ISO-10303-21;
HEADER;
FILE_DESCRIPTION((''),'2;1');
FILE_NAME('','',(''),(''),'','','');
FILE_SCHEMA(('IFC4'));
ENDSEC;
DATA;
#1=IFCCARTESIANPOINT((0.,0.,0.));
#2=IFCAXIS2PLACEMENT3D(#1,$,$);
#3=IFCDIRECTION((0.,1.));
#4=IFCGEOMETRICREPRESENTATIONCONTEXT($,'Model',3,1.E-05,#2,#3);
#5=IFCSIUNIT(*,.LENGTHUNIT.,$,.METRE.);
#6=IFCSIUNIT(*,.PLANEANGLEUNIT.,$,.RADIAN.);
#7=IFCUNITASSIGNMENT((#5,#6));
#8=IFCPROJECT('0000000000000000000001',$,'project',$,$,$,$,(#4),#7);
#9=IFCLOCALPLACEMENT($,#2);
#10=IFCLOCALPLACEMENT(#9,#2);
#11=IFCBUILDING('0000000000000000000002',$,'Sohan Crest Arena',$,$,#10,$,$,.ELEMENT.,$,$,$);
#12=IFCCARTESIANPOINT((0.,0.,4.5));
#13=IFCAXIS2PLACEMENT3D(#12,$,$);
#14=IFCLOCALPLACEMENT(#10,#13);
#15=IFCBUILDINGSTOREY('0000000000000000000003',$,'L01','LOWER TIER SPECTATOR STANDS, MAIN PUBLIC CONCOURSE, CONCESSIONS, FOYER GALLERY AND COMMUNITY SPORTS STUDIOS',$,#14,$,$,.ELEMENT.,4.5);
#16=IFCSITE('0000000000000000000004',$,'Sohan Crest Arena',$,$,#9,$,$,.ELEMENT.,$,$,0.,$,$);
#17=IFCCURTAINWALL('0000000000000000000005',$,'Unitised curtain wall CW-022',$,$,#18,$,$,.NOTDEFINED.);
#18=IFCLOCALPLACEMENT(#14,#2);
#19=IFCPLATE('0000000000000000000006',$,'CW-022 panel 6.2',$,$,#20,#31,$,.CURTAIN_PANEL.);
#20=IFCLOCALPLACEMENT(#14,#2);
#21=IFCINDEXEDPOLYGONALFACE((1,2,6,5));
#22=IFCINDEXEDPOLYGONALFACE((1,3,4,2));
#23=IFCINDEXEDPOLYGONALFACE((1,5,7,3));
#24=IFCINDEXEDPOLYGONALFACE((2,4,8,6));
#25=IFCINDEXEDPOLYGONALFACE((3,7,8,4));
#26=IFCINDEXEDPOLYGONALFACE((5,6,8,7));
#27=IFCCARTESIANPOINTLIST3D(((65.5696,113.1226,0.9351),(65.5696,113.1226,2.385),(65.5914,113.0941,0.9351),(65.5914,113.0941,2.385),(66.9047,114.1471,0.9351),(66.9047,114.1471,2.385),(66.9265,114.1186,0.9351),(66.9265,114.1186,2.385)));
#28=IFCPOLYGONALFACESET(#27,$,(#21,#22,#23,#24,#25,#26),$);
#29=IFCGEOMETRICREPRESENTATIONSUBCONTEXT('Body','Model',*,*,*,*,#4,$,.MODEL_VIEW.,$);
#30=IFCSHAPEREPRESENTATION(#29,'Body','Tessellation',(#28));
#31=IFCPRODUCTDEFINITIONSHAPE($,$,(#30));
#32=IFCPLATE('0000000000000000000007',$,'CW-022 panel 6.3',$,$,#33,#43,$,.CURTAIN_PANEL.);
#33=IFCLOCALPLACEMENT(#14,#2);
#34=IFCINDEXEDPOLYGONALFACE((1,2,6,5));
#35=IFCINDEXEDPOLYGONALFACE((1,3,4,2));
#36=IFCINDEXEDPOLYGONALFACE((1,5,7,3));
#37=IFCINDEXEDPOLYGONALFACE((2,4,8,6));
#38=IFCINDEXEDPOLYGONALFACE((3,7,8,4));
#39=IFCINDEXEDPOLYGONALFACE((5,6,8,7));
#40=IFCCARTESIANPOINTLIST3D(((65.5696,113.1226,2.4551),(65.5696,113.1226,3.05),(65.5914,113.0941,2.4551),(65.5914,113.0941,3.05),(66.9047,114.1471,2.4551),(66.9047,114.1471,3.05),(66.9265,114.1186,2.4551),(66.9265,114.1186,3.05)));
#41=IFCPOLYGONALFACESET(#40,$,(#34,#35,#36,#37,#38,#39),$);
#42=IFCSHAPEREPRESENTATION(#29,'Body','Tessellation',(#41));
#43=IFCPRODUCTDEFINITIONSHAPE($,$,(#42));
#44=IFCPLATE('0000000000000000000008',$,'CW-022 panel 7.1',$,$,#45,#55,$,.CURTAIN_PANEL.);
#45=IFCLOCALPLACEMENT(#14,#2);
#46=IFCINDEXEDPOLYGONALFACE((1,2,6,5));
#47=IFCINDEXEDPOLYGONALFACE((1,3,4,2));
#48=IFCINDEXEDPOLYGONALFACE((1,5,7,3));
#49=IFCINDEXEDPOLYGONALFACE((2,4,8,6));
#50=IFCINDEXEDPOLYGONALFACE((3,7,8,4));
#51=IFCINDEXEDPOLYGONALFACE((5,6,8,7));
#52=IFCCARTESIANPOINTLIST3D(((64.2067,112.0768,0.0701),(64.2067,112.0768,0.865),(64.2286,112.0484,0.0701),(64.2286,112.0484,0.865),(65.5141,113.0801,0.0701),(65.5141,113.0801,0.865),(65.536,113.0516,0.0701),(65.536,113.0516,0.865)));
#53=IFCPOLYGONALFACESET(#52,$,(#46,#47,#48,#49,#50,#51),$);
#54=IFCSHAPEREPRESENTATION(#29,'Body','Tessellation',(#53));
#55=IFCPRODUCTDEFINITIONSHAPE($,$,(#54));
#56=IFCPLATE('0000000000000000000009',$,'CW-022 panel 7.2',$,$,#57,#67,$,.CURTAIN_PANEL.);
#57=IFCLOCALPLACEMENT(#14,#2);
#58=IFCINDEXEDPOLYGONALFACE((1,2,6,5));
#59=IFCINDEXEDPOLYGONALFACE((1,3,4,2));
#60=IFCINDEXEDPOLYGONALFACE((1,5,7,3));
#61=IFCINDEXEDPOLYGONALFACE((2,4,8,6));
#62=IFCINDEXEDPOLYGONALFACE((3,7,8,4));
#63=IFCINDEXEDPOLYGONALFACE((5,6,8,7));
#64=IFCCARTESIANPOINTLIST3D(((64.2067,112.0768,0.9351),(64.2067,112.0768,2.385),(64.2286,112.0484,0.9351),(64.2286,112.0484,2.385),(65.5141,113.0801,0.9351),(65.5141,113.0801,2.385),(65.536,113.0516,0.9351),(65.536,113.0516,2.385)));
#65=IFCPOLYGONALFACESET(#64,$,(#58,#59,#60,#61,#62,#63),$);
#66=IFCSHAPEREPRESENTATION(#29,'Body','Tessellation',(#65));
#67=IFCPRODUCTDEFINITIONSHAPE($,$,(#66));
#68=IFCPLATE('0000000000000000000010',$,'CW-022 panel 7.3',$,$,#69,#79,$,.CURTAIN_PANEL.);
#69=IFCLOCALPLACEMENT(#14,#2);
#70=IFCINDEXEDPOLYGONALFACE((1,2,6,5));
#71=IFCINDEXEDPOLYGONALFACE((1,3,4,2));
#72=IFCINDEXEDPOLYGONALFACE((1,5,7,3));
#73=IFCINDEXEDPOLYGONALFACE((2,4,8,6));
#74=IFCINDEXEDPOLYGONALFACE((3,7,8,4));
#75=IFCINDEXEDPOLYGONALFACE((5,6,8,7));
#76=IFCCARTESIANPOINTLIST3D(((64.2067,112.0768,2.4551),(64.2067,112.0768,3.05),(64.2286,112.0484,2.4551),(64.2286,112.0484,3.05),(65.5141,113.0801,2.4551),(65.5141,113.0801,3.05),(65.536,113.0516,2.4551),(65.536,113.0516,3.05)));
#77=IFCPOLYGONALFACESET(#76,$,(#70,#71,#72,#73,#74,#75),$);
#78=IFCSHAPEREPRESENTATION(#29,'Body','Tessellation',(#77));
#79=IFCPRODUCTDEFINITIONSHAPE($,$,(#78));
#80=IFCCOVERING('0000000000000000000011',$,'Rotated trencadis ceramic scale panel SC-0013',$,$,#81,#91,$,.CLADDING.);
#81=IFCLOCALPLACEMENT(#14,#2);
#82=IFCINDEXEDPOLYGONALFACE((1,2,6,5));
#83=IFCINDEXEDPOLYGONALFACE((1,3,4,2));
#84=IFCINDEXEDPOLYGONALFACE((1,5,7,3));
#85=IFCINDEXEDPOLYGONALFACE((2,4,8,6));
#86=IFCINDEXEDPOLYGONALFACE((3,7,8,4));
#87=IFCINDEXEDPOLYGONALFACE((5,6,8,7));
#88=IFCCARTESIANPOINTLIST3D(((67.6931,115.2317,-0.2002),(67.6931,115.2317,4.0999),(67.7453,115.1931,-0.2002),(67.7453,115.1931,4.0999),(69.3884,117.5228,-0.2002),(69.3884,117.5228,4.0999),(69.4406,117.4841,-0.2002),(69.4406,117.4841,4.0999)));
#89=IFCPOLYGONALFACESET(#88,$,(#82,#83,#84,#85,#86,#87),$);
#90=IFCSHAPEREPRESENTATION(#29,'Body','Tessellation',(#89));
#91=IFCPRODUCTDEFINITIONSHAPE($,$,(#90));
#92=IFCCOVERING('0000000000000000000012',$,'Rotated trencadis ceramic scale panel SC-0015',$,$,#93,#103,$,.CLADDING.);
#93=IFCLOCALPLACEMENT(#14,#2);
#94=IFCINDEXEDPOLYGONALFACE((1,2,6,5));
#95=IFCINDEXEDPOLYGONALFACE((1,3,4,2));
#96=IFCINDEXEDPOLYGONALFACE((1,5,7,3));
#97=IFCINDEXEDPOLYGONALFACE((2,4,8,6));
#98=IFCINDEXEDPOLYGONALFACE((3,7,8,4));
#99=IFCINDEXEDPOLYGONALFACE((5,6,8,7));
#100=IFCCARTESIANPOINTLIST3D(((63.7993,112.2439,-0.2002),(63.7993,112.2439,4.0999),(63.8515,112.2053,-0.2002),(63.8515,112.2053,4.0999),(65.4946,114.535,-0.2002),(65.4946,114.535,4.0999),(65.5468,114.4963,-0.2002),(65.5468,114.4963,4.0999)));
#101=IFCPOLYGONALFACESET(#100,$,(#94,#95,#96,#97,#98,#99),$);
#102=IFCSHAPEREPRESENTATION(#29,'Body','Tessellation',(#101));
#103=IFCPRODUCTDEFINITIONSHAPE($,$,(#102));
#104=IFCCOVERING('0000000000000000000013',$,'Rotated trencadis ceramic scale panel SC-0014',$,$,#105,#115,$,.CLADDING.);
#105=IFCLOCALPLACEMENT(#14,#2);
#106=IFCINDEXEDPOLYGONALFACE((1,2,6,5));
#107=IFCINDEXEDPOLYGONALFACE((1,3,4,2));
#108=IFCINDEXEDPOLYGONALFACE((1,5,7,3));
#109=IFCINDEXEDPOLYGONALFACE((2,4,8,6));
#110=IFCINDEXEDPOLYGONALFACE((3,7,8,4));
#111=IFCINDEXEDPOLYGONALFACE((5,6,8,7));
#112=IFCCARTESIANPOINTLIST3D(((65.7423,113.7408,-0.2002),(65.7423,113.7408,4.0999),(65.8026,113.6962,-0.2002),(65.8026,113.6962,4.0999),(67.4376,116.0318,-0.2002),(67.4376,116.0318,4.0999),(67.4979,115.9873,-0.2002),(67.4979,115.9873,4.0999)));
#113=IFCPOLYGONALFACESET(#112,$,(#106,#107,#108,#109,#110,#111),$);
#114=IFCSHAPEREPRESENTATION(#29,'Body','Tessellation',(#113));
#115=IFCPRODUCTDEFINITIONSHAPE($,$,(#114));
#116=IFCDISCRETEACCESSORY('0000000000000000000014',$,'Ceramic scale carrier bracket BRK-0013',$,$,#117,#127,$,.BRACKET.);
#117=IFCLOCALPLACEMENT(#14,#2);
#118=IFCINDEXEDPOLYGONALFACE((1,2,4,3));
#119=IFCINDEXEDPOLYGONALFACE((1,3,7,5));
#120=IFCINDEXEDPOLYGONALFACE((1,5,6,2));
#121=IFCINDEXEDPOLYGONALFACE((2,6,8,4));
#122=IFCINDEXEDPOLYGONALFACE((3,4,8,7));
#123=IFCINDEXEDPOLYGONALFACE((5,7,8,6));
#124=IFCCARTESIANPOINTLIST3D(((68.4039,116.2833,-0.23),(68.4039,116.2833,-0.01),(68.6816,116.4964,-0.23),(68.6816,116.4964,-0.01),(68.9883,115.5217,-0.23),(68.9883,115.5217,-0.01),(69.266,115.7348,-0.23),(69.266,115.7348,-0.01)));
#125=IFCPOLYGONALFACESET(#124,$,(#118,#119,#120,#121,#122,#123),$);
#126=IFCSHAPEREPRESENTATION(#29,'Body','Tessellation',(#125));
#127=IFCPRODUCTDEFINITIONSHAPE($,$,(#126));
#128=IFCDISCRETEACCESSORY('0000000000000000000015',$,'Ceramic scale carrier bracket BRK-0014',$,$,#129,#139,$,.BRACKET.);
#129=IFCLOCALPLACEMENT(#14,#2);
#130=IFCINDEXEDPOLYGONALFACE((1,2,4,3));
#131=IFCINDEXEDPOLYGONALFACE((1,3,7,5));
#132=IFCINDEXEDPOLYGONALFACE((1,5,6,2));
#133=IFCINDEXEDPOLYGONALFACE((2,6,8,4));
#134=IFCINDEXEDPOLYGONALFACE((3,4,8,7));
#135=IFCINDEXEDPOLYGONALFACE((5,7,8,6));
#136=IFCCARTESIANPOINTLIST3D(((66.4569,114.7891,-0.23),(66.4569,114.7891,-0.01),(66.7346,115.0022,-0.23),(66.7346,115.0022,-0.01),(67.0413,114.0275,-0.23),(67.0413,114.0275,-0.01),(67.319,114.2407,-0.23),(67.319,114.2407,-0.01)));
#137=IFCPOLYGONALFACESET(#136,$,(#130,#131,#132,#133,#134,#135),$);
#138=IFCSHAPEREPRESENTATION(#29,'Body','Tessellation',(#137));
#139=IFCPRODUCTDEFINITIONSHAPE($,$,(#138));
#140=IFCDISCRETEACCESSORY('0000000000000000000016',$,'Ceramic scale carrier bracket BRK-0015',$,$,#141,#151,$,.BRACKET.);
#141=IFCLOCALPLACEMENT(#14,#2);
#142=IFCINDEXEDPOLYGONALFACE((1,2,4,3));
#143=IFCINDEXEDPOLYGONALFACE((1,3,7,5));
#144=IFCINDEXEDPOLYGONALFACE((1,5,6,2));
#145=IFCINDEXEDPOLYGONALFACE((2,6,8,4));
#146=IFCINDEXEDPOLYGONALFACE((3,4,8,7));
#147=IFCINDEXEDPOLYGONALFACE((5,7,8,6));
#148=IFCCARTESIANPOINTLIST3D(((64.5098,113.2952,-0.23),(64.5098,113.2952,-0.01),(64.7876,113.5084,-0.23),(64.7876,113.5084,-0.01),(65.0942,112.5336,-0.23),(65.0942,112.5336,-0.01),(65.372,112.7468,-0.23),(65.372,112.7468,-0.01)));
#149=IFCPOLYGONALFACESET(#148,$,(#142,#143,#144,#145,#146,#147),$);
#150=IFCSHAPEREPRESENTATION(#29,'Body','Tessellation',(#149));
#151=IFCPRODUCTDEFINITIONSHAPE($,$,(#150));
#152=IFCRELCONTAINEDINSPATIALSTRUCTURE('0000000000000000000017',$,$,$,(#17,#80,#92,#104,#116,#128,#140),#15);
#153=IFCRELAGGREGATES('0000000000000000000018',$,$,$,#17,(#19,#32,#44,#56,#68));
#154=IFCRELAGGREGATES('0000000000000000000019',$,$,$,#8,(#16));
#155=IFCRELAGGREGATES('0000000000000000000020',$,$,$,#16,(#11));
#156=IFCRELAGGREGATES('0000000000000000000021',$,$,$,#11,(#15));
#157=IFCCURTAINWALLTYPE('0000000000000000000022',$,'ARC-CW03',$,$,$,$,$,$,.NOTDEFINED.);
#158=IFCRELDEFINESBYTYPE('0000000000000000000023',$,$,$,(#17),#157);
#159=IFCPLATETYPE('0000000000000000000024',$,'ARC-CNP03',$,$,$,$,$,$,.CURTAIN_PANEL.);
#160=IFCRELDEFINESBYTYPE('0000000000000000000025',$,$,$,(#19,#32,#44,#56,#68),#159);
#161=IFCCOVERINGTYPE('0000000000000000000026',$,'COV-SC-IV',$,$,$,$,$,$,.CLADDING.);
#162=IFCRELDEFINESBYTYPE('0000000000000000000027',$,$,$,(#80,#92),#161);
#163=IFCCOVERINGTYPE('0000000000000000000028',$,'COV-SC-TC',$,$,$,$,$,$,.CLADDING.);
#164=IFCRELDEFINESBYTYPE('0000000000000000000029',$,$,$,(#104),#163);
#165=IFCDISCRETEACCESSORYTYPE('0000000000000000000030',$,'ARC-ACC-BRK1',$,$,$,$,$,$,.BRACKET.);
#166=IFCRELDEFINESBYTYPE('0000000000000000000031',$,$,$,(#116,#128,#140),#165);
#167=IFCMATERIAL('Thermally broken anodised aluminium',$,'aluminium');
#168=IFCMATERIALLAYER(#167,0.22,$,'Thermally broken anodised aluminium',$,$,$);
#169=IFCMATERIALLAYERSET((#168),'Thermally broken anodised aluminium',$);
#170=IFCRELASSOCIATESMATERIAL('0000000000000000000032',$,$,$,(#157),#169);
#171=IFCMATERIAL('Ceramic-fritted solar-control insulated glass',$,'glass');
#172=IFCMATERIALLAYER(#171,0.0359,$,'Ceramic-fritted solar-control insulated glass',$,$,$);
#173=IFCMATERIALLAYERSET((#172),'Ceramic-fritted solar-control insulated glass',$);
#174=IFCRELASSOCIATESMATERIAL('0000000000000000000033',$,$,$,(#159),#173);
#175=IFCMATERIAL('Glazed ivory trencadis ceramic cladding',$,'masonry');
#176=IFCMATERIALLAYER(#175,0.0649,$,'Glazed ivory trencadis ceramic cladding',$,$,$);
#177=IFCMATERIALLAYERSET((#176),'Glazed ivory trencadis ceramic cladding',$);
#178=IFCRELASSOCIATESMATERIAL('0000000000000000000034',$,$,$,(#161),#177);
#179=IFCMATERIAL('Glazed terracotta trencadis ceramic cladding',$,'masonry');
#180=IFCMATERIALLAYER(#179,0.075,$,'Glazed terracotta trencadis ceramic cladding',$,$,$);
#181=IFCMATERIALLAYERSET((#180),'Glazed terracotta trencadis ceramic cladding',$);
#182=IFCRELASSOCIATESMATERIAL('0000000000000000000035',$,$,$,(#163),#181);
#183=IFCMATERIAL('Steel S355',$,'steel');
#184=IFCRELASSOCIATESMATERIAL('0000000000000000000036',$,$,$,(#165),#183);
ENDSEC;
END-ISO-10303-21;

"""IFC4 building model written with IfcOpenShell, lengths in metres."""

from ifc_helpers import new_model, si_unit, direction, frame, origin, origin_2d, place, context, subcontext, project, spatial, rectangle, extrude, material, layer, layer_set, type_object, element, aggregate, save


model = new_model("IFC4")

# Units and contexts
model_context = context("Model", 3, precision=1e-05, world=origin(), true_north=direction((0.0, 1.0)))
body_context = subcontext(model_context, "Body", "Model", "MODEL_VIEW")
ifc_project = project(units=[si_unit("LENGTHUNIT", "METRE"), si_unit("PLANEANGLEUNIT", "RADIAN")], contexts=[model_context])

# Site, building, storey
site_placement = place(None, origin())
site = spatial("IfcSite", under=ifc_project, at=site_placement, Name="Sohan Crest Arena", CompositionType="ELEMENT", RefElevation=0.0)
building_placement = place(site_placement, origin())
building = spatial("IfcBuilding", under=site, at=building_placement, Name="Sohan Crest Arena", CompositionType="ELEMENT")
storey_placement = place(building_placement, frame((0.0, 0.0, 4.5)))
storey = spatial("IfcBuildingStorey", under=building, at=storey_placement, Name="L01", Description="LOWER TIER SPECTATOR STANDS, MAIN PUBLIC CONCOURSE, CONCESSIONS, FOYER GALLERY AND COMMUNITY SPORTS STUDIOS", CompositionType="ELEMENT", Elevation=4.5)

# Curtain wall
ifc_material_1 = material(Name="Thermally broken anodised aluminium", Category="aluminium")
ifc_layer_1 = layer(ifc_material_1, 0.22, Name="Thermally broken anodised aluminium")
ifc_layer_set_1 = layer_set([ifc_layer_1], Name="Thermally broken anodised aluminium")
curtain_wall_type = type_object("IfcCurtainWallType", Name="ARC-CW03", PredefinedType="NOTDEFINED", material=ifc_layer_set_1)
curtain_wall_placement = place(storey_placement, origin())
curtain_wall = element("IfcCurtainWall", 1, at=curtain_wall_placement, inside=storey, type_object=curtain_wall_type, Name="Unitised curtain wall CW-022", PredefinedType="NOTDEFINED")

# Shared definitions
ifc_material_2 = material(Name="Steel S355", Category="steel")

# Plates
ifc_material_3 = material(Name="Ceramic-fritted solar-control insulated glass", Category="glass")
ifc_layer_2 = layer(ifc_material_3, 0.0359, Name="Ceramic-fritted solar-control insulated glass")
ifc_layer_set_2 = layer_set([ifc_layer_2], Name="Ceramic-fritted solar-control insulated glass")
plate_type = type_object("IfcPlateType", Name="ARC-CNP03", PredefinedType="CURTAIN_PANEL", material=ifc_layer_set_2)
plate_1_placement = place(storey_placement, frame((66.248, 113.6206, 0.9351), z_axis=(0.0, 0.0, 1.0), x_axis=(-0.793351, -0.608765, 0.0)))
plate_1 = element("IfcPlate", 2, at=plate_1_placement, type_object=plate_type, Name="CW-022 panel 6.2", PredefinedType="CURTAIN_PANEL", context=body_context, shape_type="SweptSolid", body=[
    extrude(rectangle(XDim=1.6829, YDim=0.0359, at=origin_2d()), origin(), (0.0, 0.0, 1.0), 1.45),
])
plate_2_placement = place(storey_placement, frame((66.248, 113.6206, 2.4551), z_axis=(0.0, 0.0, 1.0), x_axis=(-0.793351, -0.608765, 0.0)))
plate_2 = element("IfcPlate", 3, at=plate_2_placement, type_object=plate_type, Name="CW-022 panel 6.3", PredefinedType="CURTAIN_PANEL", context=body_context, shape_type="SweptSolid", body=[
    extrude(rectangle(XDim=1.6829, YDim=0.0359, at=origin_2d()), origin(), (0.0, 0.0, 1.0), 0.595),
])
plate_3_placement = place(storey_placement, frame((64.8713, 112.5642, 0.0701), z_axis=(0.0, 0.0, 1.0), x_axis=(-0.793351, -0.608765, 0.0)))
plate_3 = element("IfcPlate", 4, at=plate_3_placement, type_object=plate_type, Name="CW-022 panel 7.1", PredefinedType="CURTAIN_PANEL", context=body_context, shape_type="SweptSolid", body=[
    extrude(rectangle(XDim=1.6479, YDim=0.0359, at=origin_2d()), origin(), (0.0, 0.0, 1.0), 0.7949),
])
plate_4_placement = place(storey_placement, frame((64.8713, 112.5642, 0.9351), z_axis=(0.0, 0.0, 1.0), x_axis=(-0.793351, -0.608765, 0.0)))
plate_4 = element("IfcPlate", 5, at=plate_4_placement, type_object=plate_type, Name="CW-022 panel 7.2", PredefinedType="CURTAIN_PANEL", context=body_context, shape_type="SweptSolid", body=[
    extrude(rectangle(XDim=1.6479, YDim=0.0359, at=origin_2d()), origin(), (0.0, 0.0, 1.0), 1.45),
])
plate_5_placement = place(storey_placement, frame((64.8713, 112.5642, 2.4551), z_axis=(0.0, 0.0, 1.0), x_axis=(-0.793351, -0.608765, 0.0)))
plate_5 = element("IfcPlate", 6, at=plate_5_placement, type_object=plate_type, Name="CW-022 panel 7.3", PredefinedType="CURTAIN_PANEL", context=body_context, shape_type="SweptSolid", body=[
    extrude(rectangle(XDim=1.6479, YDim=0.0359, at=origin_2d()), origin(), (0.0, 0.0, 1.0), 0.595),
])
aggregate(curtain_wall, [plate_1, plate_2, plate_3, plate_4, plate_5])

# Coverings
ifc_material_4 = material(Name="Glazed ivory trencadis ceramic cladding", Category="masonry")
ifc_layer_3 = layer(ifc_material_4, 0.0649, Name="Glazed ivory trencadis ceramic cladding")
ifc_layer_set_3 = layer_set([ifc_layer_3], Name="Glazed ivory trencadis ceramic cladding")
covering_type_1 = type_object("IfcCoveringType", Name="COV-SC-IV", PredefinedType="CLADDING", material=ifc_layer_set_3)
for number, where, z_axis, x_axis, name in (
    (7, (68.5669, 116.3579, -0.2002), (0.0, 0.0, 1.0), (-0.594823, -0.803857, 0.0), "Rotated trencadis ceramic scale panel SC-0013"),
    (8, (64.6731, 113.3701, -0.2002), (0.0, 0.0, 1.0), (-0.594823, -0.803857, 0.0), "Rotated trencadis ceramic scale panel SC-0015"),
):
    element("IfcCovering", number, at=place(storey_placement, frame(where, z_axis=z_axis, x_axis=x_axis)), inside=storey, type_object=covering_type_1, Name=name, PredefinedType="CLADDING", context=body_context, shape_type="SweptSolid", body=[
        extrude(rectangle(XDim=2.8501, YDim=0.0649, at=origin_2d()), origin(), (0.0, 0.0, 1.0), 4.3),
    ])
ifc_material_5 = material(Name="Glazed terracotta trencadis ceramic cladding", Category="masonry")
ifc_layer_4 = layer(ifc_material_5, 0.075, Name="Glazed terracotta trencadis ceramic cladding")
ifc_layer_set_4 = layer_set([ifc_layer_4], Name="Glazed terracotta trencadis ceramic cladding")
covering_type_2 = type_object("IfcCoveringType", Name="COV-SC-TC", PredefinedType="CLADDING", material=ifc_layer_set_4)
covering_placement = place(storey_placement, frame((66.6201, 114.864, -0.2002), z_axis=(0.0, 0.0, 1.0), x_axis=(-0.594823, -0.803857, 0.0)))
element("IfcCovering", 9, at=covering_placement, inside=storey, type_object=covering_type_2, Name="Rotated trencadis ceramic scale panel SC-0014", PredefinedType="CLADDING", context=body_context, shape_type="SweptSolid", body=[
    extrude(rectangle(XDim=2.8501, YDim=0.075, at=origin_2d()), origin(), (0.0, 0.0, 1.0), 4.3),
])

# Discrete accessories
discrete_accessory_type = type_object("IfcDiscreteAccessoryType", Name="ARC-ACC-BRK1", PredefinedType="BRACKET", material=ifc_material_2)
for number, where, z_axis, x_axis, name in (
    (10, (68.835, 116.009, -0.23), (0.0, 0.0, 1.0), (-0.793353, -0.608761, 0.0), "Ceramic scale carrier bracket BRK-0013"),
    (11, (66.8879, 114.5149, -0.23), (0.0, 0.0, 1.0), (-0.793353, -0.608761, 0.0), "Ceramic scale carrier bracket BRK-0014"),
    (12, (64.9409, 113.021, -0.23), (0.0, 0.0, 1.0), (-0.793353, -0.608761, 0.0), "Ceramic scale carrier bracket BRK-0015"),
):
    element("IfcDiscreteAccessory", number, at=place(storey_placement, frame(where, z_axis=z_axis, x_axis=x_axis)), inside=storey, type_object=discrete_accessory_type, Name=name, PredefinedType="BRACKET", context=body_context, shape_type="SweptSolid", body=[
        extrude(rectangle(XDim=0.3501, YDim=0.96, at=origin_2d()), origin(), (0.0, 0.0, 1.0), 0.22),
    ])

save(model, "model.ifc")
